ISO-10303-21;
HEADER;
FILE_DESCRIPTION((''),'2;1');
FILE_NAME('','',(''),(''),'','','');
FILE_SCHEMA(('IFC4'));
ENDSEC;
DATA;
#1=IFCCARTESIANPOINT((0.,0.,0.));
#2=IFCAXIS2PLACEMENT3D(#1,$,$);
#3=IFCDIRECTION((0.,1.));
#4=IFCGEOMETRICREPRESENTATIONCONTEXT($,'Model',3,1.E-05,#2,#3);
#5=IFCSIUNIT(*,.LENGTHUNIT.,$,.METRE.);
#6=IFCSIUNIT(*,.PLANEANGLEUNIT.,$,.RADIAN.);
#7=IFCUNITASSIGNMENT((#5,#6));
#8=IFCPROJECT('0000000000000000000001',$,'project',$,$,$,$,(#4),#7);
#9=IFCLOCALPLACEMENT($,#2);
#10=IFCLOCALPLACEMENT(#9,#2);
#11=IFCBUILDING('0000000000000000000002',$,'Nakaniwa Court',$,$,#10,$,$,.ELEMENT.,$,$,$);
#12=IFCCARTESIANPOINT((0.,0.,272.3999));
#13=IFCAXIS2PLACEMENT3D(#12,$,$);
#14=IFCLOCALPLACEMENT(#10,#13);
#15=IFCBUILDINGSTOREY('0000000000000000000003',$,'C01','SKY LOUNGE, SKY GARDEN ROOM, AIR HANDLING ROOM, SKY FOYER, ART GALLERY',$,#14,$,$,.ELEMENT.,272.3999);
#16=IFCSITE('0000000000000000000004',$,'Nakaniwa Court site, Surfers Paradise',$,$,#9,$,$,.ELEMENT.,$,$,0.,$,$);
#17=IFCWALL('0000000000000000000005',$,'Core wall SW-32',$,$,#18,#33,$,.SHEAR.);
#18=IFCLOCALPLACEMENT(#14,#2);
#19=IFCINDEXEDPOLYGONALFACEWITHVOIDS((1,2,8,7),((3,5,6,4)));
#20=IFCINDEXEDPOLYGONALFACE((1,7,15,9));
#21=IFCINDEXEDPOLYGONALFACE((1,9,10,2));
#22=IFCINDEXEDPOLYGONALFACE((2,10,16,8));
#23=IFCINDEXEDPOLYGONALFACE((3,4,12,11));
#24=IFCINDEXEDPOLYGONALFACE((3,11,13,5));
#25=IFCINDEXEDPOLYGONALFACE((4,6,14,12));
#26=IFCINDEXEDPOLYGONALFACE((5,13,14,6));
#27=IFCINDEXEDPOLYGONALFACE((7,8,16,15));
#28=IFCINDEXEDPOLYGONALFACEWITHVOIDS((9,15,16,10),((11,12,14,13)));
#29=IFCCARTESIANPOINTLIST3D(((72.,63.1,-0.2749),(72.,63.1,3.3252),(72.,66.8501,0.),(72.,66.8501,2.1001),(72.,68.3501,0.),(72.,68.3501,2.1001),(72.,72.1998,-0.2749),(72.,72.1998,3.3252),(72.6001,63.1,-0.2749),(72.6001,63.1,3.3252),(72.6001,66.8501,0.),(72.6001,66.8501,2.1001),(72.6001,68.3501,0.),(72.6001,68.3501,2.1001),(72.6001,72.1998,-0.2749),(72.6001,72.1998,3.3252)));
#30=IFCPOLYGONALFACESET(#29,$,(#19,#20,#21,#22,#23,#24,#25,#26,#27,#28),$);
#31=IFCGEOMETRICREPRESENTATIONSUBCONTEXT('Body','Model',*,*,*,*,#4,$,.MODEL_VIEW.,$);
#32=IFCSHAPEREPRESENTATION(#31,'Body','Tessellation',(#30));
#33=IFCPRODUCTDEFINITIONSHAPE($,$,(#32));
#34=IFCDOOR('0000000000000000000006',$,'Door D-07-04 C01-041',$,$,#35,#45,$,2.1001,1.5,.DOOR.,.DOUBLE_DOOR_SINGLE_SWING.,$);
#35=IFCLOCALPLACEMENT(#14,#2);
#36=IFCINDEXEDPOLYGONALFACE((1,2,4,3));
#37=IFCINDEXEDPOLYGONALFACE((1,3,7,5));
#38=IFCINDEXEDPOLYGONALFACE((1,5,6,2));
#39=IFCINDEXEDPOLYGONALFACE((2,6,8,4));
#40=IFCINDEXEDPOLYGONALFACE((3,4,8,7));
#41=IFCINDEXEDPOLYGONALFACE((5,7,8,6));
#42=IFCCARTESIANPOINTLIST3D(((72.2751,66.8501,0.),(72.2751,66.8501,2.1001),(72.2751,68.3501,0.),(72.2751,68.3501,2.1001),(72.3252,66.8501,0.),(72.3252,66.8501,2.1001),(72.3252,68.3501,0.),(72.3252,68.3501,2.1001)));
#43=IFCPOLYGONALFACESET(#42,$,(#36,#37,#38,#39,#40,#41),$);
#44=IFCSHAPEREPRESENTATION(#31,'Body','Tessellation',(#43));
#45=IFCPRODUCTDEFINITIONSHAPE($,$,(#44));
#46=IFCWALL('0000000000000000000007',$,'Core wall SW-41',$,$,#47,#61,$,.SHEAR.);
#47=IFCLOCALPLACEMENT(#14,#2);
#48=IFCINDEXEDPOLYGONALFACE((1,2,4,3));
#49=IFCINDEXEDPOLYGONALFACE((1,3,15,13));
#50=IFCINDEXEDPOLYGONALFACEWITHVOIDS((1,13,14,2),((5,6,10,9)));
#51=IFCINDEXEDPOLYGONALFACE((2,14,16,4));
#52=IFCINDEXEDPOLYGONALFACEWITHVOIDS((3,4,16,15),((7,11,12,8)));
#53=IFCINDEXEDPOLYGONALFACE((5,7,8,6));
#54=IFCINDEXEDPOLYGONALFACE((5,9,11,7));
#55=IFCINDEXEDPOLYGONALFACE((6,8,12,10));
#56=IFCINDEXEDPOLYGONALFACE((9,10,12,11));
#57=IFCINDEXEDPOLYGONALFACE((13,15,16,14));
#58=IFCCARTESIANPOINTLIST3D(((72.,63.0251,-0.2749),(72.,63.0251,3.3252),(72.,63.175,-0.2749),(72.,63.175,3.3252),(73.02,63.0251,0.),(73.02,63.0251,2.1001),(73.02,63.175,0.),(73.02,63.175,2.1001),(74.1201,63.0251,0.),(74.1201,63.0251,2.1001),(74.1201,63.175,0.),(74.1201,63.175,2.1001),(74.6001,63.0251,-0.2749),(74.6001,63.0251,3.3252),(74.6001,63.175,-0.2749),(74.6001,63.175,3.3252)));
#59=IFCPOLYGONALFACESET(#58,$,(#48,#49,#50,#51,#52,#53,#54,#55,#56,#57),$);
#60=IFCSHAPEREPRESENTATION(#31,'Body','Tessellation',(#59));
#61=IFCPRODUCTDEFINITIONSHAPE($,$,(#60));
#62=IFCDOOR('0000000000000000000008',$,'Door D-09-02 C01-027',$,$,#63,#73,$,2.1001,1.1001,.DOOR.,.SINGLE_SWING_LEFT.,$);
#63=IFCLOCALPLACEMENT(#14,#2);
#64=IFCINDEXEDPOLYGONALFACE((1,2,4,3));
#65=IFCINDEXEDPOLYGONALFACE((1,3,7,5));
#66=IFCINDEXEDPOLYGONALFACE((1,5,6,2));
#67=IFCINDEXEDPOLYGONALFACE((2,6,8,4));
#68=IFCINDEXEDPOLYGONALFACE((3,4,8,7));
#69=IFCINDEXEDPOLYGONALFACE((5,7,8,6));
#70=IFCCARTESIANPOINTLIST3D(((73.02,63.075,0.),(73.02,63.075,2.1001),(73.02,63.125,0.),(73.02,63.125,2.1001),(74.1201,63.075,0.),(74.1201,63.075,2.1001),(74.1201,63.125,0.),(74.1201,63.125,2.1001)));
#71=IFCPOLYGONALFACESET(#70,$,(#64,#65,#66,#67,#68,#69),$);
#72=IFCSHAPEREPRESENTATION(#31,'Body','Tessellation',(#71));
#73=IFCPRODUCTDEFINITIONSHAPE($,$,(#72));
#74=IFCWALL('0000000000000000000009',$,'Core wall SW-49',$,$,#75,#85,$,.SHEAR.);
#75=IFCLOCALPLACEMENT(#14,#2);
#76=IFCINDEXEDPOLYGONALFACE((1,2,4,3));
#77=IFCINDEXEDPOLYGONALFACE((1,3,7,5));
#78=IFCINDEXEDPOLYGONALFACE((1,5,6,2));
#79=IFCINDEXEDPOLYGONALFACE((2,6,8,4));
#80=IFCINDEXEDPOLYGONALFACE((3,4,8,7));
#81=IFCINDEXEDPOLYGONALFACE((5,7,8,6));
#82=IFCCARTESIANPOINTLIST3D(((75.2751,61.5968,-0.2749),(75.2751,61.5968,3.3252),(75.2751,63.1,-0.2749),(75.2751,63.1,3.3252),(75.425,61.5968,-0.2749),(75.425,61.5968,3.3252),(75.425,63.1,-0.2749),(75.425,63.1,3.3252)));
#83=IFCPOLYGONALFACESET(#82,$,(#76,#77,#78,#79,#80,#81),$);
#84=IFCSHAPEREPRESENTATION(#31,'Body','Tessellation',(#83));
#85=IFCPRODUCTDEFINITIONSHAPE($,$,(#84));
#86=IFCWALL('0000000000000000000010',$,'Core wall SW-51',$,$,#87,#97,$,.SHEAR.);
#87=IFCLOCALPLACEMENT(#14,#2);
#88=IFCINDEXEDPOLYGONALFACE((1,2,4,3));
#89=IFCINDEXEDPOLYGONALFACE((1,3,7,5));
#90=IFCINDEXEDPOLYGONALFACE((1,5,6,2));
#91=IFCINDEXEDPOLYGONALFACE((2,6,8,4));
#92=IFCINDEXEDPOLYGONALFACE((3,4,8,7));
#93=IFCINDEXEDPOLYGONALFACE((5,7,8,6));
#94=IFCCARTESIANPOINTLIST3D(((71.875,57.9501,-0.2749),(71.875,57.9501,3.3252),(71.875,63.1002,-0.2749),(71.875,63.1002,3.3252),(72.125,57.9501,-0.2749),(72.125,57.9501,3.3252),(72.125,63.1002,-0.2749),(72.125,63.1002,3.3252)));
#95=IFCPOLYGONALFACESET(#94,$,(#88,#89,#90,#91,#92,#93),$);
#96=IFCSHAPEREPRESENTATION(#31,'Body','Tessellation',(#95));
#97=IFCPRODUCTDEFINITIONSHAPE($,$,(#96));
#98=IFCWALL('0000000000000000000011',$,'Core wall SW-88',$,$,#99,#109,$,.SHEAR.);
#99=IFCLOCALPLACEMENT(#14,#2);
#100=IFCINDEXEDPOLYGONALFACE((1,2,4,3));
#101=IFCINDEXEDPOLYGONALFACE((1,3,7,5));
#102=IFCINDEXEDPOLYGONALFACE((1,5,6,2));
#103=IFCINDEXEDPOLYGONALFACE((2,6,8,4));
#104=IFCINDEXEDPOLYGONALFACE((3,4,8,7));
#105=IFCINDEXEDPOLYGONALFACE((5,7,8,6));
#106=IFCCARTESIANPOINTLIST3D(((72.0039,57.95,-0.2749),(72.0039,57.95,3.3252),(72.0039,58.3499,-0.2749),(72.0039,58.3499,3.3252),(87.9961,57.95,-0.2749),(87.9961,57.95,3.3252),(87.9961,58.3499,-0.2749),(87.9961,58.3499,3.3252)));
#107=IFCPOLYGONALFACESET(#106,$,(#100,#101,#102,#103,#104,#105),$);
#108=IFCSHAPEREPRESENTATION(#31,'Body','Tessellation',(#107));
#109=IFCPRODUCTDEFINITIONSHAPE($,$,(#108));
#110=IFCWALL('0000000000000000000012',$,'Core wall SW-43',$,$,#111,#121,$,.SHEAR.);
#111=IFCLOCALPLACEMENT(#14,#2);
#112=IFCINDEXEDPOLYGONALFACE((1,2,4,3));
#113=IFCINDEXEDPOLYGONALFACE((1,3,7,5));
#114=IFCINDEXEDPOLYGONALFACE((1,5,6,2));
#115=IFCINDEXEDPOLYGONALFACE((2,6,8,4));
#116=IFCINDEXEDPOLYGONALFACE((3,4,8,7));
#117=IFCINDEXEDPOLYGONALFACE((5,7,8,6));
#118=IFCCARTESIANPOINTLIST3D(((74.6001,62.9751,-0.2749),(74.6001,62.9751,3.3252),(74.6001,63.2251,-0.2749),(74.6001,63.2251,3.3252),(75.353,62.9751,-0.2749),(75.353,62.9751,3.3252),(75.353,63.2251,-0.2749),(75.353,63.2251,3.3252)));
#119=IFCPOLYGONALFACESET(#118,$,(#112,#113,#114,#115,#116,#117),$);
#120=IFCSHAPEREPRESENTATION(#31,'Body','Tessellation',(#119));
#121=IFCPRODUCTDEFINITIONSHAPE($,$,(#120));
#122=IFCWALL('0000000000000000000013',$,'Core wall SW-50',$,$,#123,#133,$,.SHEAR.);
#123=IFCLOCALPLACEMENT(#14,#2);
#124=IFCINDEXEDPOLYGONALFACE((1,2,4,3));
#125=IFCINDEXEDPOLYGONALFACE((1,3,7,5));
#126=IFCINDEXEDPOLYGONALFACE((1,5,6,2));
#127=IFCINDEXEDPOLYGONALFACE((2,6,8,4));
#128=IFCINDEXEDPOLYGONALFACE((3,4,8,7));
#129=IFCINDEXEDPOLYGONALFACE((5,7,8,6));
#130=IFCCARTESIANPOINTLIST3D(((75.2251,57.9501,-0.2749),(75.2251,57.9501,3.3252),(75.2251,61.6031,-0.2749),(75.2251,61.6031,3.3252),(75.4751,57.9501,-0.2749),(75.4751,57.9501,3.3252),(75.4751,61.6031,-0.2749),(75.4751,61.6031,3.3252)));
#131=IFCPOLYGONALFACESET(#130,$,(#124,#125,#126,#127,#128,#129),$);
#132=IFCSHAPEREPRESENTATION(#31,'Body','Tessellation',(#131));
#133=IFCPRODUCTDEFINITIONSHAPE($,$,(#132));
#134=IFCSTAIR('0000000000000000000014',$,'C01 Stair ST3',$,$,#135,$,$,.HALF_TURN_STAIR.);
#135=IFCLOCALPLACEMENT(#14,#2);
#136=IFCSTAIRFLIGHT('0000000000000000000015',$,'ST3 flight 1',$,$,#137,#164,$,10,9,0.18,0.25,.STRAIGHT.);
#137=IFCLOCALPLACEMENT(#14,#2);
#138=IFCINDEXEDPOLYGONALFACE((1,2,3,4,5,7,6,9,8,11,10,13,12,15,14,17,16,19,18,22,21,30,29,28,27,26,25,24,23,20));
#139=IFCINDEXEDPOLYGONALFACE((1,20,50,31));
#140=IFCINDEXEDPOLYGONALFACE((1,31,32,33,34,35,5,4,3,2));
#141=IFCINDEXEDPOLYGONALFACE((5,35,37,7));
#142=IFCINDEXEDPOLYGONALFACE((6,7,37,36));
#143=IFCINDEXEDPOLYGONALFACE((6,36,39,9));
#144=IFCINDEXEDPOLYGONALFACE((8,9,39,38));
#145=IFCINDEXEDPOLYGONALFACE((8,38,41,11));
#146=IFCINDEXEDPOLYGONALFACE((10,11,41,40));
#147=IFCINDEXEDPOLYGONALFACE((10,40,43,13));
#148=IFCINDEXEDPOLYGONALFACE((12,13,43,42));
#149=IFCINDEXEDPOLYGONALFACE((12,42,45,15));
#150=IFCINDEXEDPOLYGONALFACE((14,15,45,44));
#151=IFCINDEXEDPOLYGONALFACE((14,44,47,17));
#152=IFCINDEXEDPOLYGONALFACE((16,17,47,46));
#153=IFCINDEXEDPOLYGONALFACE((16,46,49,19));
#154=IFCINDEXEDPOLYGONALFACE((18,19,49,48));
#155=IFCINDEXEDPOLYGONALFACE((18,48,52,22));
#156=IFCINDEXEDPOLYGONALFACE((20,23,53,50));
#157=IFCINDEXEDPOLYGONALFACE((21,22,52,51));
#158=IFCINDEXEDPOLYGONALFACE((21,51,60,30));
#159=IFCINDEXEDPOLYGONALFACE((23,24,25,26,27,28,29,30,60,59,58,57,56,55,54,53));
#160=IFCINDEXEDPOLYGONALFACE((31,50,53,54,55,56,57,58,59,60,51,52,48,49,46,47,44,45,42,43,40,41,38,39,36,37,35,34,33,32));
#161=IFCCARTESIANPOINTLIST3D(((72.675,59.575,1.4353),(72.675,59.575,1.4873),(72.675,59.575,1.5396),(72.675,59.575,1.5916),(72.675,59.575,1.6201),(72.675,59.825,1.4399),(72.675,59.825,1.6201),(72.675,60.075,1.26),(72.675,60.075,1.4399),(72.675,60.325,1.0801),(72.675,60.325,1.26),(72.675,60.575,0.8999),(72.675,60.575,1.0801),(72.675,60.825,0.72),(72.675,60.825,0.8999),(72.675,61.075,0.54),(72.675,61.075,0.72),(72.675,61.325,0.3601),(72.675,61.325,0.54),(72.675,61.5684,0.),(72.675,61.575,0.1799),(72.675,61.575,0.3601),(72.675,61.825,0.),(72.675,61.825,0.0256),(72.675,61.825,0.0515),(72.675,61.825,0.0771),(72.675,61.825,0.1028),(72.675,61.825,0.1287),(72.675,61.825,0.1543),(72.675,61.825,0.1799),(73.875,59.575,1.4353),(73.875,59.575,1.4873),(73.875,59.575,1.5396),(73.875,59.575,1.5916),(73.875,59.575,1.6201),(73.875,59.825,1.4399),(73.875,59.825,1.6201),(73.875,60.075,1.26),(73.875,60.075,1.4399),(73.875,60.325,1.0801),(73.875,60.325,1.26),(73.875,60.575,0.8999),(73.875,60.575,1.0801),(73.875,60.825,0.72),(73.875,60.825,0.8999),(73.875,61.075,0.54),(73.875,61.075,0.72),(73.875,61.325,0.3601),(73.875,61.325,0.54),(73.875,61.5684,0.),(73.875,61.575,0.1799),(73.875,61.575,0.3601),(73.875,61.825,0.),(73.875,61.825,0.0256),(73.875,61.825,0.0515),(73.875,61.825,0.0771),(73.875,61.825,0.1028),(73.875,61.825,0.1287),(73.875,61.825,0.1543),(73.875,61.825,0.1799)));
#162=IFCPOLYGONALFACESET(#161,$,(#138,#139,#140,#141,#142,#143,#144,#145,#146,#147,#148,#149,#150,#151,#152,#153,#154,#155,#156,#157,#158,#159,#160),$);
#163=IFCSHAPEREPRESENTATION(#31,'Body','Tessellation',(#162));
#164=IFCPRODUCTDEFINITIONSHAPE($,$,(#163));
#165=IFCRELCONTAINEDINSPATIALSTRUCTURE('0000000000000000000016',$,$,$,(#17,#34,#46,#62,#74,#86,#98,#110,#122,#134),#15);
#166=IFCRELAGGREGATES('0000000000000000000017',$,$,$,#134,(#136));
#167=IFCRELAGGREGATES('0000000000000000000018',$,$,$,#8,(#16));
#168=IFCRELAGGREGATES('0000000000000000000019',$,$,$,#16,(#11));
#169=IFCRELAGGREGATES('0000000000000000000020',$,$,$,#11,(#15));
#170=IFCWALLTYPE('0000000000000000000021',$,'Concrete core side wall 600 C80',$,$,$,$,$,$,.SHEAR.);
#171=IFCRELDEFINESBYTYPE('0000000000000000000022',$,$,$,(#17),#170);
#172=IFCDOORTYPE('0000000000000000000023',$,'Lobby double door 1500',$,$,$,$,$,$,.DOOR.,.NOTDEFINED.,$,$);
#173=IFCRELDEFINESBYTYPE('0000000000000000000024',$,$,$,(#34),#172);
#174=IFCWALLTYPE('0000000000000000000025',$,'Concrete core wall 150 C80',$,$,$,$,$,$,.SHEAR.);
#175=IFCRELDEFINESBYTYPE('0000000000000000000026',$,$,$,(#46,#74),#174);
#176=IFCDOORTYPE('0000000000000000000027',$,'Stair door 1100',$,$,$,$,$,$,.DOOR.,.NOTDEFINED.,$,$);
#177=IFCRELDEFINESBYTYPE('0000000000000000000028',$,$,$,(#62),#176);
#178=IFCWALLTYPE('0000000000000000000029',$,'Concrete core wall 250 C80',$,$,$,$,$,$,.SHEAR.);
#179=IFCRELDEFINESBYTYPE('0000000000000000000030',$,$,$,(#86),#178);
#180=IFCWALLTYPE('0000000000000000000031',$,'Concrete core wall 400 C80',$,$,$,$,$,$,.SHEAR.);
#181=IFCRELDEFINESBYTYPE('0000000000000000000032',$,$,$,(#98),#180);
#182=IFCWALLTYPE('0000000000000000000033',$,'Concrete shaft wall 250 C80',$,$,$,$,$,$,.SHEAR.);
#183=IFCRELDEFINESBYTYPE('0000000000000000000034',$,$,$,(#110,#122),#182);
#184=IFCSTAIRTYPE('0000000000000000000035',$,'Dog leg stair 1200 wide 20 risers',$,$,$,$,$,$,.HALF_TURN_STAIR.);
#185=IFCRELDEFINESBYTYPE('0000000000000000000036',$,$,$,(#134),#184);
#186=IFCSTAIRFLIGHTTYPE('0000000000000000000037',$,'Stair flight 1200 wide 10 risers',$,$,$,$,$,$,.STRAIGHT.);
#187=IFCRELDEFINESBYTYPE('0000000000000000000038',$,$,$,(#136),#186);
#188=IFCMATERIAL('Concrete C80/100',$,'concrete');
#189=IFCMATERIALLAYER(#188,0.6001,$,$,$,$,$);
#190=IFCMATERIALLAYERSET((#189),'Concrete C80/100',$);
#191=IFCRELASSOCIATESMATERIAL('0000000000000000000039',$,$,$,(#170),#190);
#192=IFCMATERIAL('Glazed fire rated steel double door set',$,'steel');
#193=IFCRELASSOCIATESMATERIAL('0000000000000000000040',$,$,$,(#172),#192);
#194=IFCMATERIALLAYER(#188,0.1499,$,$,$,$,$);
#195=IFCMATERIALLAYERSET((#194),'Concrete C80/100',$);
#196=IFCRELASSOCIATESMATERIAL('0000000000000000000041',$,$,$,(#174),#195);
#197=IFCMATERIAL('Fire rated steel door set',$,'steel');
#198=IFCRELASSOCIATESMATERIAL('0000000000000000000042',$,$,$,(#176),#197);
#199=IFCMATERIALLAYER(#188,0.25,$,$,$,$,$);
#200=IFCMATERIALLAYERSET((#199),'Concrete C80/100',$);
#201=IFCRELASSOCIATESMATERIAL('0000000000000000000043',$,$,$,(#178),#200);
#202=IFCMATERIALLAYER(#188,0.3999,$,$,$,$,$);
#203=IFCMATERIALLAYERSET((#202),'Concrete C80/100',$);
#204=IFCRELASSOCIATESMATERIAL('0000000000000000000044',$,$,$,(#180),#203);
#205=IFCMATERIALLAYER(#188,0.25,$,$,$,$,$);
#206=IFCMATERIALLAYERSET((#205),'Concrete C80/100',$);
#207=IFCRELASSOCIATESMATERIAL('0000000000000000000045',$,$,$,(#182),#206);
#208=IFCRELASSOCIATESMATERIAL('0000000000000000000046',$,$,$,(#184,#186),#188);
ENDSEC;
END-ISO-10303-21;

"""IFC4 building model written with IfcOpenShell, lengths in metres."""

from ifc_helpers import new_model, si_unit, direction, frame, frame_2d, origin, place, context, subcontext, project, spatial, polyline, rectangle, outline, extrude, material, layer, layer_set, type_object, element, fill, aggregate, save


model = new_model("IFC4")

# Units and contexts
model_context = context("Model", 3, precision=1e-05, world=origin(), true_north=direction((0.0, 1.0)))
body_context = subcontext(model_context, "Body", "Model", "MODEL_VIEW")
ifc_project = project(units=[si_unit("LENGTHUNIT", "METRE"), si_unit("PLANEANGLEUNIT", "RADIAN")], contexts=[model_context])

# Site, building, storey
site_placement = place(None, origin())
site = spatial("IfcSite", under=ifc_project, at=site_placement, Name="Nakaniwa Court site, Surfers Paradise", CompositionType="ELEMENT", RefElevation=0.0)
building_placement = place(site_placement, origin())
building = spatial("IfcBuilding", under=site, at=building_placement, Name="Nakaniwa Court", CompositionType="ELEMENT")
storey_placement = place(building_placement, frame((0.0, 0.0, 272.3999)))
storey = spatial("IfcBuildingStorey", under=building, at=storey_placement, Name="C01", Description="SKY LOUNGE, SKY GARDEN ROOM, AIR HANDLING ROOM, SKY FOYER, ART GALLERY", CompositionType="ELEMENT", Elevation=272.3999)

# Shared definitions
ifc_material_1 = material(Name="Concrete C80/100", Category="concrete")

# Walls, openings, doors
ifc_layer_1 = layer(ifc_material_1, 0.6001)
ifc_layer_set_1 = layer_set([ifc_layer_1], Name="Concrete C80/100")
wall_type_1 = type_object("IfcWallType", Name="Concrete core side wall 600 C80", PredefinedType="SHEAR", material=ifc_layer_set_1)
wall_1_placement = place(storey_placement, frame((72.3, 63.1001, -0.2749), z_axis=(0.0, 0.0, 1.0), x_axis=(0.0, 1.0, 0.0)))
wall_1 = element("IfcWall", 1, at=wall_1_placement, inside=storey, type_object=wall_type_1, Name="Core wall SW-32", PredefinedType="SHEAR", context=body_context, shape_type="SweptSolid", body=[
    extrude(rectangle(XDim=9.0999, YDim=0.6001, at=frame_2d((4.5498, 0.0))), origin(), (0.0, 0.0, 1.0), 3.6001),
])
opening_1_placement = place(wall_1_placement, frame((3.75, 0.0, 0.2749)))
opening_1 = element("IfcOpeningElement", 2, at=opening_1_placement, cuts=wall_1, PredefinedType="OPENING", context=body_context, shape_type="SweptSolid", body=[
    extrude(rectangle(XDim=1.5, YDim=2.1001, at=frame_2d((0.75, 1.05))), frame((0.0, 0.3101, 0.0), z_axis=(0.0, -1.0, 0.0), x_axis=(1.0, 0.0, 0.0)), (0.0, 0.0, 1.0), 0.6201),
])
ifc_material_2 = material(Name="Glazed fire rated steel double door set", Category="steel")
door_type_1 = type_object("IfcDoorType", Name="Lobby double door 1500", OperationType="NOTDEFINED", PredefinedType="DOOR", material=ifc_material_2)
door_1_placement = place(opening_1_placement, origin())
door_1 = element("IfcDoor", 3, at=door_1_placement, inside=storey, type_object=door_type_1, Name="Door D-07-04 C01-041", OperationType="DOUBLE_DOOR_SINGLE_SWING", OverallHeight=2.1001, OverallWidth=1.5, PredefinedType="DOOR", context=body_context, shape_type="SweptSolid", body=[
    extrude(rectangle(XDim=1.5, YDim=2.1001, at=frame_2d((0.75, 1.05))), frame((0.0, 0.0249, 0.0), z_axis=(0.0, -1.0, 0.0), x_axis=(1.0, 0.0, 0.0)), (0.0, 0.0, 1.0), 0.05),
])
fill(opening_1, door_1)
ifc_layer_2 = layer(ifc_material_1, 0.1499)
ifc_layer_set_2 = layer_set([ifc_layer_2], Name="Concrete C80/100")
wall_type_2 = type_object("IfcWallType", Name="Concrete core wall 150 C80", PredefinedType="SHEAR", material=ifc_layer_set_2)
wall_2_placement = place(storey_placement, frame((72.0, 63.1001, -0.2749), z_axis=(0.0, 0.0, 1.0), x_axis=(1.0, 0.0, 0.0)))
wall_2 = element("IfcWall", 4, at=wall_2_placement, inside=storey, type_object=wall_type_2, Name="Core wall SW-41", PredefinedType="SHEAR", context=body_context, shape_type="SweptSolid", body=[
    extrude(rectangle(XDim=2.6001, YDim=0.1499, at=frame_2d((1.3, 0.0))), origin(), (0.0, 0.0, 1.0), 3.6001),
])
opening_2_placement = place(wall_2_placement, frame((1.02, 0.0, 0.2749)))
opening_2 = element("IfcOpeningElement", 5, at=opening_2_placement, cuts=wall_2, PredefinedType="OPENING", context=body_context, shape_type="SweptSolid", body=[
    extrude(rectangle(XDim=1.1001, YDim=2.1001, at=frame_2d((0.55, 1.05))), frame((0.0, 0.085, 0.0), z_axis=(0.0, -1.0, 0.0), x_axis=(1.0, 0.0, 0.0)), (0.0, 0.0, 1.0), 0.1699),
])
ifc_material_3 = material(Name="Fire rated steel door set", Category="steel")
door_type_2 = type_object("IfcDoorType", Name="Stair door 1100", OperationType="NOTDEFINED", PredefinedType="DOOR", material=ifc_material_3)
door_2_placement = place(opening_2_placement, origin())
door_2 = element("IfcDoor", 6, at=door_2_placement, inside=storey, type_object=door_type_2, Name="Door D-09-02 C01-027", OperationType="SINGLE_SWING_LEFT", OverallHeight=2.1001, OverallWidth=1.1001, PredefinedType="DOOR", context=body_context, shape_type="SweptSolid", body=[
    extrude(rectangle(XDim=1.1001, YDim=2.1001, at=frame_2d((0.55, 1.05))), frame((0.0, 0.0249, 0.0), z_axis=(0.0, -1.0, 0.0), x_axis=(1.0, 0.0, 0.0)), (0.0, 0.0, 1.0), 0.05),
])
fill(opening_2, door_2)

# Walls
wall_3_placement = place(storey_placement, frame((75.3501, 61.5969, -0.2749), z_axis=(0.0, 0.0, 1.0), x_axis=(0.0, 1.0, 0.0)))
element("IfcWall", 7, at=wall_3_placement, inside=storey, type_object=wall_type_2, Name="Core wall SW-49", PredefinedType="SHEAR", context=body_context, shape_type="SweptSolid", body=[
    extrude(rectangle(XDim=1.5032, YDim=0.1499, at=frame_2d((0.7515, 0.0))), origin(), (0.0, 0.0, 1.0), 3.6001),
])
ifc_layer_3 = layer(ifc_material_1, 0.25)
ifc_layer_set_3 = layer_set([ifc_layer_3], Name="Concrete C80/100")
wall_type_3 = type_object("IfcWallType", Name="Concrete core wall 250 C80", PredefinedType="SHEAR", material=ifc_layer_set_3)
wall_4_placement = place(storey_placement, frame((72.0, 57.95, -0.2749), z_axis=(0.0, 0.0, 1.0), x_axis=(0.0, 1.0, 0.0)))
element("IfcWall", 8, at=wall_4_placement, inside=storey, type_object=wall_type_3, Name="Core wall SW-51", PredefinedType="SHEAR", context=body_context, shape_type="SweptSolid", body=[
    extrude(rectangle(XDim=5.1501, YDim=0.25, at=frame_2d((2.5752, 0.0))), origin(), (0.0, 0.0, 1.0), 3.6001),
])
ifc_layer_4 = layer(ifc_material_1, 0.3999)
ifc_layer_set_4 = layer_set([ifc_layer_4], Name="Concrete C80/100")
wall_type_4 = type_object("IfcWallType", Name="Concrete core wall 400 C80", PredefinedType="SHEAR", material=ifc_layer_set_4)
wall_5_placement = place(storey_placement, frame((72.0039, 58.1499, -0.2749), z_axis=(0.0, 0.0, 1.0), x_axis=(1.0, 0.0, 0.0)))
element("IfcWall", 9, at=wall_5_placement, inside=storey, type_object=wall_type_4, Name="Core wall SW-88", PredefinedType="SHEAR", context=body_context, shape_type="SweptSolid", body=[
    extrude(rectangle(XDim=15.9922, YDim=0.3999, at=frame_2d((7.9961, 0.0))), origin(), (0.0, 0.0, 1.0), 3.6001),
])
ifc_layer_5 = layer(ifc_material_1, 0.25)
ifc_layer_set_5 = layer_set([ifc_layer_5], Name="Concrete C80/100")
wall_type_5 = type_object("IfcWallType", Name="Concrete shaft wall 250 C80", PredefinedType="SHEAR", material=ifc_layer_set_5)
wall_6_placement = place(storey_placement, frame((74.6001, 63.1001, -0.2749), z_axis=(0.0, 0.0, 1.0), x_axis=(1.0, 0.0, 0.0)))
element("IfcWall", 10, at=wall_6_placement, inside=storey, type_object=wall_type_5, Name="Core wall SW-43", PredefinedType="SHEAR", context=body_context, shape_type="SweptSolid", body=[
    extrude(rectangle(XDim=0.7529, YDim=0.25, at=frame_2d((0.3765, 0.0))), origin(), (0.0, 0.0, 1.0), 3.6001),
])
wall_7_placement = place(storey_placement, frame((75.3501, 57.95, -0.2749), z_axis=(0.0, 0.0, 1.0), x_axis=(0.0, 1.0, 0.0)))
element("IfcWall", 11, at=wall_7_placement, inside=storey, type_object=wall_type_5, Name="Core wall SW-50", PredefinedType="SHEAR", context=body_context, shape_type="SweptSolid", body=[
    extrude(rectangle(XDim=3.6531, YDim=0.25, at=frame_2d((1.8267, 0.0))), origin(), (0.0, 0.0, 1.0), 3.6001),
])

# Stair, stair flight
stair_type = type_object("IfcStairType", Name="Dog leg stair 1200 wide 20 risers", PredefinedType="HALF_TURN_STAIR", material=ifc_material_1)
stair_placement = place(storey_placement, origin())
stair = element("IfcStair", 12, at=stair_placement, inside=storey, type_object=stair_type, Name="C01 Stair ST3", PredefinedType="HALF_TURN_STAIR")
stair_flight_type = type_object("IfcStairFlightType", Name="Stair flight 1200 wide 10 risers", PredefinedType="STRAIGHT", material=ifc_material_1)
stair_flight_1_placement = place(storey_placement, frame((73.2749, 61.825, 0.0), z_axis=(0.0, 0.0, 1.0), x_axis=(0.0, -1.0, 0.0)))
stair_flight_1 = element("IfcStairFlight", 13, at=stair_flight_1_placement, type_object=stair_flight_type, Name="ST3 flight 1", NumberOfRisers=10, NumberOfTreads=9, PredefinedType="STRAIGHT", RiserHeight=0.18, TreadLength=0.25, context=body_context, shape_type="SweptSolid", body=[
    extrude(outline(polyline([(0.0, 0.0), (0.0, 0.0256), (0.0, 0.0515), (0.0, 0.0771), (0.0, 0.1028), (0.0, 0.1287), (0.0, 0.1543), (0.0, 0.1799), (0.25, 0.1799), (0.25, 0.3601), (0.5, 0.3601), (0.5, 0.54), (0.75, 0.54), (0.75, 0.72), (1.0, 0.72), (1.0, 0.8999), (1.25, 0.8999), (1.25, 1.0801), (1.5, 1.0801), (1.5, 1.26), (1.75, 1.26), (1.75, 1.4399), (2.0, 1.4399), (2.0, 1.6201), (2.25, 1.6201), (2.25, 1.8), (2.25, 1.7478), (2.25, 1.6958), (2.25, 1.6438), (2.25, 1.5916), (2.25, 1.5396), (2.25, 1.4873), (2.25, 1.4353), (0.2566, 0.0), (0.0, 0.0)])), frame((0.0, 0.6001, 0.0), z_axis=(0.0, -1.0, 0.0), x_axis=(1.0, 0.0, 0.0)), (0.0, 0.0, 1.0), 1.2),
])
aggregate(stair, [stair_flight_1])

save(model, "model.ifc")
